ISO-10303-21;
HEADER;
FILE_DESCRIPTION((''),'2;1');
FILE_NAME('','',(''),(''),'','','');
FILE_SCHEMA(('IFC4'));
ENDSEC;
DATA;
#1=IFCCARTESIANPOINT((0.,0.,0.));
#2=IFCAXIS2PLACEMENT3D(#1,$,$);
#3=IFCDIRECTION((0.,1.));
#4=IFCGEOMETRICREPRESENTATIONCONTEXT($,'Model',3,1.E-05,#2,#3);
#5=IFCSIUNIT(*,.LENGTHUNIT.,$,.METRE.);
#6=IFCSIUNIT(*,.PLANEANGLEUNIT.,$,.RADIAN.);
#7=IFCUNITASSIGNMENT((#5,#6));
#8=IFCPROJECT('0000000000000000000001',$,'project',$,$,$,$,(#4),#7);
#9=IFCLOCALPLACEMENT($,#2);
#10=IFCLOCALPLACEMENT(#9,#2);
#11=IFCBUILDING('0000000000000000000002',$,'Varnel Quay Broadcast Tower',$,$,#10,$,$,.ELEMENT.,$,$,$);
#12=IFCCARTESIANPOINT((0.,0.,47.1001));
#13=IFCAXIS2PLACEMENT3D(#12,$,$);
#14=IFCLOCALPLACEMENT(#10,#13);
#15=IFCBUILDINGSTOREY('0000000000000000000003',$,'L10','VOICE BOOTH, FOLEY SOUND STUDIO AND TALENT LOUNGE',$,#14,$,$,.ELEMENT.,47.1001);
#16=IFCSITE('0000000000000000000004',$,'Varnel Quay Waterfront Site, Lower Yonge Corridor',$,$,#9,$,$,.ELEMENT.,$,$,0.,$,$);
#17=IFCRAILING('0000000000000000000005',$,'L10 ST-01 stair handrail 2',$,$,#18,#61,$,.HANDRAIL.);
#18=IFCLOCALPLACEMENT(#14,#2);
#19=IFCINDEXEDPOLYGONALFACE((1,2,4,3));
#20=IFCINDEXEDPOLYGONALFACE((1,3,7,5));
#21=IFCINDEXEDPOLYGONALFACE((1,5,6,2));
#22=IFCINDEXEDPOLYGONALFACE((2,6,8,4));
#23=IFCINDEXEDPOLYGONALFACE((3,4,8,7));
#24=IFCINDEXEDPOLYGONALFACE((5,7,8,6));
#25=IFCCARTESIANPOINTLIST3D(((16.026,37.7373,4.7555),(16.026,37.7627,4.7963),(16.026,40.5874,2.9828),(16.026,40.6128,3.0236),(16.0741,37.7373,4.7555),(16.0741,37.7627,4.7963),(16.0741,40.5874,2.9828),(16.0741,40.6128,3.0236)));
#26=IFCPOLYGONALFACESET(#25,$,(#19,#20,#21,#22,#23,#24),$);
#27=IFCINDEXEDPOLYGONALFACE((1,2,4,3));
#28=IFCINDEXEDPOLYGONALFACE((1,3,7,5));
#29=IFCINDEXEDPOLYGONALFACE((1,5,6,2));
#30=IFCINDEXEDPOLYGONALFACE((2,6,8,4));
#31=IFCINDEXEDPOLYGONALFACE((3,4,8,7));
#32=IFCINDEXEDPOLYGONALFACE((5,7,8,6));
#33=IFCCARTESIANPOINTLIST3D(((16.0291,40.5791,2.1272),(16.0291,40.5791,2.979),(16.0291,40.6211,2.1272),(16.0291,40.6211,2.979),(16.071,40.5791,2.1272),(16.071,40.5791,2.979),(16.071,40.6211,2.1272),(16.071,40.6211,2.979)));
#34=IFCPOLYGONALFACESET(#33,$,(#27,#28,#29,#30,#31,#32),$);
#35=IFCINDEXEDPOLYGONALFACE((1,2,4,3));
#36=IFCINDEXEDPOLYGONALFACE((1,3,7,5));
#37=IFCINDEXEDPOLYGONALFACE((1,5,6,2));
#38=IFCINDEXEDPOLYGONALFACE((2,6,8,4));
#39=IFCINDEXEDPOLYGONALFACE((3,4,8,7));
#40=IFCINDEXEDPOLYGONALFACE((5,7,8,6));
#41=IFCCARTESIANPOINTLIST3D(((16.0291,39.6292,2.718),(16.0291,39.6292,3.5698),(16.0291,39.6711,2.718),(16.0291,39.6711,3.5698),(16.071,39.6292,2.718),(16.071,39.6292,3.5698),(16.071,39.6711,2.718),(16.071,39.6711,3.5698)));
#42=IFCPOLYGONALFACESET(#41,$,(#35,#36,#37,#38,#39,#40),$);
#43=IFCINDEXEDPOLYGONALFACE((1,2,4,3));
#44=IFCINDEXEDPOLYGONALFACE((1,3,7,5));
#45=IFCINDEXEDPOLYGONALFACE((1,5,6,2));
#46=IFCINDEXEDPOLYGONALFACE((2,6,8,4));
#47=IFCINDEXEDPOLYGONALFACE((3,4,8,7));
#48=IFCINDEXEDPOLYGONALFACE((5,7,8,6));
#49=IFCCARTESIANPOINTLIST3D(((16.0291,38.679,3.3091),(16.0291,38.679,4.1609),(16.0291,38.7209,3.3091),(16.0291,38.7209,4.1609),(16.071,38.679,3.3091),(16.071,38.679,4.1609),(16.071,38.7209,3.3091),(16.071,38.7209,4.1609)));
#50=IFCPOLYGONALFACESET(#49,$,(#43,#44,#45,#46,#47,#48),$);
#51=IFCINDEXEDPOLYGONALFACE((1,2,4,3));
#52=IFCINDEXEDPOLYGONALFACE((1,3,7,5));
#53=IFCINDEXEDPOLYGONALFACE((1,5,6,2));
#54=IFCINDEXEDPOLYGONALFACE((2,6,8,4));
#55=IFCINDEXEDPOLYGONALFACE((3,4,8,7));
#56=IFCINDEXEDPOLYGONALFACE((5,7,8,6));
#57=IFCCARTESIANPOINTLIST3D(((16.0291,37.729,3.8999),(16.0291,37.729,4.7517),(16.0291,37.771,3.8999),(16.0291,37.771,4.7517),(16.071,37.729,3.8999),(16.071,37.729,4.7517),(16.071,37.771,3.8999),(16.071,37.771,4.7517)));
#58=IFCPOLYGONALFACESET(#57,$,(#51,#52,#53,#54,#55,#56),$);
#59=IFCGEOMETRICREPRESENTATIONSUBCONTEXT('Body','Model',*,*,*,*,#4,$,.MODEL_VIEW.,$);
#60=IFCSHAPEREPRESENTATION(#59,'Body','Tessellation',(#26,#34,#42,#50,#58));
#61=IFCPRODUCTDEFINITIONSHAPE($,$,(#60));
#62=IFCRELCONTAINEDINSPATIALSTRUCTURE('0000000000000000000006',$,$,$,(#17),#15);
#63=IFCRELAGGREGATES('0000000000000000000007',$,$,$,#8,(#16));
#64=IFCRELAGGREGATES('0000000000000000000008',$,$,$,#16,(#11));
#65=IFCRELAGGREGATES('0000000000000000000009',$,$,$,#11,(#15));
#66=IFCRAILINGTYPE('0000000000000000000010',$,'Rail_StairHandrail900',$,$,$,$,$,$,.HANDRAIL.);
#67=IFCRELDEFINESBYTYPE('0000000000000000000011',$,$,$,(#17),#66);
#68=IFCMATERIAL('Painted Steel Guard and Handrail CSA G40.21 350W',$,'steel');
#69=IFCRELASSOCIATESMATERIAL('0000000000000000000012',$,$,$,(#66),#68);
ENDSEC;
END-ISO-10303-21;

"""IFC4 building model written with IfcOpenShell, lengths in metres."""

from ifc_helpers import new_model, si_unit, direction, frame, origin, origin_2d, place, context, subcontext, project, spatial, rectangle, extrude, material, type_object, element, save


model = new_model("IFC4")

# Units and contexts
model_context = context("Model", 3, precision=1e-05, world=origin(), true_north=direction((0.0, 1.0)))
body_context = subcontext(model_context, "Body", "Model", "MODEL_VIEW")
ifc_project = project(units=[si_unit("LENGTHUNIT", "METRE"), si_unit("PLANEANGLEUNIT", "RADIAN")], contexts=[model_context])

# Site, building, storey
site_placement = place(None, origin())
site = spatial("IfcSite", under=ifc_project, at=site_placement, Name="Varnel Quay Waterfront Site, Lower Yonge Corridor", CompositionType="ELEMENT", RefElevation=0.0)
building_placement = place(site_placement, origin())
building = spatial("IfcBuilding", under=site, at=building_placement, Name="Varnel Quay Broadcast Tower", CompositionType="ELEMENT")
storey_placement = place(building_placement, frame((0.0, 0.0, 47.1001)))
storey = spatial("IfcBuildingStorey", under=building, at=storey_placement, Name="L10", Description="VOICE BOOTH, FOLEY SOUND STUDIO AND TALENT LOUNGE", CompositionType="ELEMENT", Elevation=47.1001)

# Railing
ifc_material_1 = material(Name="Painted Steel Guard and Handrail CSA G40.21 350W", Category="steel")
railing_type = type_object("IfcRailingType", Name="Rail_StairHandrail900", PredefinedType="HANDRAIL", material=ifc_material_1)
railing_placement = place(storey_placement, frame((16.05, 40.6001, 2.1272)))
element("IfcRailing", 1, at=railing_placement, inside=storey, type_object=railing_type, Name="L10 ST-01 stair handrail 2", PredefinedType="HANDRAIL", context=body_context, shape_type="SweptSolid", body=[
    extrude(rectangle(XDim=0.0481, YDim=0.0481, at=origin_2d()), frame((0.0, 0.0, 0.876), z_axis=(0.0, -0.849149, 0.528154), x_axis=(1.0, 0.0, 0.0)), (0.0, 0.0, 1.0), 3.3564),
    extrude(rectangle(XDim=0.042, YDim=0.042, at=origin_2d()), origin(), (0.0, 0.0, 1.0), 0.8518),
    extrude(rectangle(XDim=0.042, YDim=0.042, at=origin_2d()), frame((0.0, -0.95, 0.5908)), (0.0, 0.0, 1.0), 0.8518),
    extrude(rectangle(XDim=0.042, YDim=0.042, at=origin_2d()), frame((0.0, -1.9001, 1.1819)), (0.0, 0.0, 1.0), 0.8518),
    extrude(rectangle(XDim=0.042, YDim=0.042, at=origin_2d()), frame((0.0, -2.8501, 1.7727)), (0.0, 0.0, 1.0), 0.8518),
])

save(model, "model.ifc")
